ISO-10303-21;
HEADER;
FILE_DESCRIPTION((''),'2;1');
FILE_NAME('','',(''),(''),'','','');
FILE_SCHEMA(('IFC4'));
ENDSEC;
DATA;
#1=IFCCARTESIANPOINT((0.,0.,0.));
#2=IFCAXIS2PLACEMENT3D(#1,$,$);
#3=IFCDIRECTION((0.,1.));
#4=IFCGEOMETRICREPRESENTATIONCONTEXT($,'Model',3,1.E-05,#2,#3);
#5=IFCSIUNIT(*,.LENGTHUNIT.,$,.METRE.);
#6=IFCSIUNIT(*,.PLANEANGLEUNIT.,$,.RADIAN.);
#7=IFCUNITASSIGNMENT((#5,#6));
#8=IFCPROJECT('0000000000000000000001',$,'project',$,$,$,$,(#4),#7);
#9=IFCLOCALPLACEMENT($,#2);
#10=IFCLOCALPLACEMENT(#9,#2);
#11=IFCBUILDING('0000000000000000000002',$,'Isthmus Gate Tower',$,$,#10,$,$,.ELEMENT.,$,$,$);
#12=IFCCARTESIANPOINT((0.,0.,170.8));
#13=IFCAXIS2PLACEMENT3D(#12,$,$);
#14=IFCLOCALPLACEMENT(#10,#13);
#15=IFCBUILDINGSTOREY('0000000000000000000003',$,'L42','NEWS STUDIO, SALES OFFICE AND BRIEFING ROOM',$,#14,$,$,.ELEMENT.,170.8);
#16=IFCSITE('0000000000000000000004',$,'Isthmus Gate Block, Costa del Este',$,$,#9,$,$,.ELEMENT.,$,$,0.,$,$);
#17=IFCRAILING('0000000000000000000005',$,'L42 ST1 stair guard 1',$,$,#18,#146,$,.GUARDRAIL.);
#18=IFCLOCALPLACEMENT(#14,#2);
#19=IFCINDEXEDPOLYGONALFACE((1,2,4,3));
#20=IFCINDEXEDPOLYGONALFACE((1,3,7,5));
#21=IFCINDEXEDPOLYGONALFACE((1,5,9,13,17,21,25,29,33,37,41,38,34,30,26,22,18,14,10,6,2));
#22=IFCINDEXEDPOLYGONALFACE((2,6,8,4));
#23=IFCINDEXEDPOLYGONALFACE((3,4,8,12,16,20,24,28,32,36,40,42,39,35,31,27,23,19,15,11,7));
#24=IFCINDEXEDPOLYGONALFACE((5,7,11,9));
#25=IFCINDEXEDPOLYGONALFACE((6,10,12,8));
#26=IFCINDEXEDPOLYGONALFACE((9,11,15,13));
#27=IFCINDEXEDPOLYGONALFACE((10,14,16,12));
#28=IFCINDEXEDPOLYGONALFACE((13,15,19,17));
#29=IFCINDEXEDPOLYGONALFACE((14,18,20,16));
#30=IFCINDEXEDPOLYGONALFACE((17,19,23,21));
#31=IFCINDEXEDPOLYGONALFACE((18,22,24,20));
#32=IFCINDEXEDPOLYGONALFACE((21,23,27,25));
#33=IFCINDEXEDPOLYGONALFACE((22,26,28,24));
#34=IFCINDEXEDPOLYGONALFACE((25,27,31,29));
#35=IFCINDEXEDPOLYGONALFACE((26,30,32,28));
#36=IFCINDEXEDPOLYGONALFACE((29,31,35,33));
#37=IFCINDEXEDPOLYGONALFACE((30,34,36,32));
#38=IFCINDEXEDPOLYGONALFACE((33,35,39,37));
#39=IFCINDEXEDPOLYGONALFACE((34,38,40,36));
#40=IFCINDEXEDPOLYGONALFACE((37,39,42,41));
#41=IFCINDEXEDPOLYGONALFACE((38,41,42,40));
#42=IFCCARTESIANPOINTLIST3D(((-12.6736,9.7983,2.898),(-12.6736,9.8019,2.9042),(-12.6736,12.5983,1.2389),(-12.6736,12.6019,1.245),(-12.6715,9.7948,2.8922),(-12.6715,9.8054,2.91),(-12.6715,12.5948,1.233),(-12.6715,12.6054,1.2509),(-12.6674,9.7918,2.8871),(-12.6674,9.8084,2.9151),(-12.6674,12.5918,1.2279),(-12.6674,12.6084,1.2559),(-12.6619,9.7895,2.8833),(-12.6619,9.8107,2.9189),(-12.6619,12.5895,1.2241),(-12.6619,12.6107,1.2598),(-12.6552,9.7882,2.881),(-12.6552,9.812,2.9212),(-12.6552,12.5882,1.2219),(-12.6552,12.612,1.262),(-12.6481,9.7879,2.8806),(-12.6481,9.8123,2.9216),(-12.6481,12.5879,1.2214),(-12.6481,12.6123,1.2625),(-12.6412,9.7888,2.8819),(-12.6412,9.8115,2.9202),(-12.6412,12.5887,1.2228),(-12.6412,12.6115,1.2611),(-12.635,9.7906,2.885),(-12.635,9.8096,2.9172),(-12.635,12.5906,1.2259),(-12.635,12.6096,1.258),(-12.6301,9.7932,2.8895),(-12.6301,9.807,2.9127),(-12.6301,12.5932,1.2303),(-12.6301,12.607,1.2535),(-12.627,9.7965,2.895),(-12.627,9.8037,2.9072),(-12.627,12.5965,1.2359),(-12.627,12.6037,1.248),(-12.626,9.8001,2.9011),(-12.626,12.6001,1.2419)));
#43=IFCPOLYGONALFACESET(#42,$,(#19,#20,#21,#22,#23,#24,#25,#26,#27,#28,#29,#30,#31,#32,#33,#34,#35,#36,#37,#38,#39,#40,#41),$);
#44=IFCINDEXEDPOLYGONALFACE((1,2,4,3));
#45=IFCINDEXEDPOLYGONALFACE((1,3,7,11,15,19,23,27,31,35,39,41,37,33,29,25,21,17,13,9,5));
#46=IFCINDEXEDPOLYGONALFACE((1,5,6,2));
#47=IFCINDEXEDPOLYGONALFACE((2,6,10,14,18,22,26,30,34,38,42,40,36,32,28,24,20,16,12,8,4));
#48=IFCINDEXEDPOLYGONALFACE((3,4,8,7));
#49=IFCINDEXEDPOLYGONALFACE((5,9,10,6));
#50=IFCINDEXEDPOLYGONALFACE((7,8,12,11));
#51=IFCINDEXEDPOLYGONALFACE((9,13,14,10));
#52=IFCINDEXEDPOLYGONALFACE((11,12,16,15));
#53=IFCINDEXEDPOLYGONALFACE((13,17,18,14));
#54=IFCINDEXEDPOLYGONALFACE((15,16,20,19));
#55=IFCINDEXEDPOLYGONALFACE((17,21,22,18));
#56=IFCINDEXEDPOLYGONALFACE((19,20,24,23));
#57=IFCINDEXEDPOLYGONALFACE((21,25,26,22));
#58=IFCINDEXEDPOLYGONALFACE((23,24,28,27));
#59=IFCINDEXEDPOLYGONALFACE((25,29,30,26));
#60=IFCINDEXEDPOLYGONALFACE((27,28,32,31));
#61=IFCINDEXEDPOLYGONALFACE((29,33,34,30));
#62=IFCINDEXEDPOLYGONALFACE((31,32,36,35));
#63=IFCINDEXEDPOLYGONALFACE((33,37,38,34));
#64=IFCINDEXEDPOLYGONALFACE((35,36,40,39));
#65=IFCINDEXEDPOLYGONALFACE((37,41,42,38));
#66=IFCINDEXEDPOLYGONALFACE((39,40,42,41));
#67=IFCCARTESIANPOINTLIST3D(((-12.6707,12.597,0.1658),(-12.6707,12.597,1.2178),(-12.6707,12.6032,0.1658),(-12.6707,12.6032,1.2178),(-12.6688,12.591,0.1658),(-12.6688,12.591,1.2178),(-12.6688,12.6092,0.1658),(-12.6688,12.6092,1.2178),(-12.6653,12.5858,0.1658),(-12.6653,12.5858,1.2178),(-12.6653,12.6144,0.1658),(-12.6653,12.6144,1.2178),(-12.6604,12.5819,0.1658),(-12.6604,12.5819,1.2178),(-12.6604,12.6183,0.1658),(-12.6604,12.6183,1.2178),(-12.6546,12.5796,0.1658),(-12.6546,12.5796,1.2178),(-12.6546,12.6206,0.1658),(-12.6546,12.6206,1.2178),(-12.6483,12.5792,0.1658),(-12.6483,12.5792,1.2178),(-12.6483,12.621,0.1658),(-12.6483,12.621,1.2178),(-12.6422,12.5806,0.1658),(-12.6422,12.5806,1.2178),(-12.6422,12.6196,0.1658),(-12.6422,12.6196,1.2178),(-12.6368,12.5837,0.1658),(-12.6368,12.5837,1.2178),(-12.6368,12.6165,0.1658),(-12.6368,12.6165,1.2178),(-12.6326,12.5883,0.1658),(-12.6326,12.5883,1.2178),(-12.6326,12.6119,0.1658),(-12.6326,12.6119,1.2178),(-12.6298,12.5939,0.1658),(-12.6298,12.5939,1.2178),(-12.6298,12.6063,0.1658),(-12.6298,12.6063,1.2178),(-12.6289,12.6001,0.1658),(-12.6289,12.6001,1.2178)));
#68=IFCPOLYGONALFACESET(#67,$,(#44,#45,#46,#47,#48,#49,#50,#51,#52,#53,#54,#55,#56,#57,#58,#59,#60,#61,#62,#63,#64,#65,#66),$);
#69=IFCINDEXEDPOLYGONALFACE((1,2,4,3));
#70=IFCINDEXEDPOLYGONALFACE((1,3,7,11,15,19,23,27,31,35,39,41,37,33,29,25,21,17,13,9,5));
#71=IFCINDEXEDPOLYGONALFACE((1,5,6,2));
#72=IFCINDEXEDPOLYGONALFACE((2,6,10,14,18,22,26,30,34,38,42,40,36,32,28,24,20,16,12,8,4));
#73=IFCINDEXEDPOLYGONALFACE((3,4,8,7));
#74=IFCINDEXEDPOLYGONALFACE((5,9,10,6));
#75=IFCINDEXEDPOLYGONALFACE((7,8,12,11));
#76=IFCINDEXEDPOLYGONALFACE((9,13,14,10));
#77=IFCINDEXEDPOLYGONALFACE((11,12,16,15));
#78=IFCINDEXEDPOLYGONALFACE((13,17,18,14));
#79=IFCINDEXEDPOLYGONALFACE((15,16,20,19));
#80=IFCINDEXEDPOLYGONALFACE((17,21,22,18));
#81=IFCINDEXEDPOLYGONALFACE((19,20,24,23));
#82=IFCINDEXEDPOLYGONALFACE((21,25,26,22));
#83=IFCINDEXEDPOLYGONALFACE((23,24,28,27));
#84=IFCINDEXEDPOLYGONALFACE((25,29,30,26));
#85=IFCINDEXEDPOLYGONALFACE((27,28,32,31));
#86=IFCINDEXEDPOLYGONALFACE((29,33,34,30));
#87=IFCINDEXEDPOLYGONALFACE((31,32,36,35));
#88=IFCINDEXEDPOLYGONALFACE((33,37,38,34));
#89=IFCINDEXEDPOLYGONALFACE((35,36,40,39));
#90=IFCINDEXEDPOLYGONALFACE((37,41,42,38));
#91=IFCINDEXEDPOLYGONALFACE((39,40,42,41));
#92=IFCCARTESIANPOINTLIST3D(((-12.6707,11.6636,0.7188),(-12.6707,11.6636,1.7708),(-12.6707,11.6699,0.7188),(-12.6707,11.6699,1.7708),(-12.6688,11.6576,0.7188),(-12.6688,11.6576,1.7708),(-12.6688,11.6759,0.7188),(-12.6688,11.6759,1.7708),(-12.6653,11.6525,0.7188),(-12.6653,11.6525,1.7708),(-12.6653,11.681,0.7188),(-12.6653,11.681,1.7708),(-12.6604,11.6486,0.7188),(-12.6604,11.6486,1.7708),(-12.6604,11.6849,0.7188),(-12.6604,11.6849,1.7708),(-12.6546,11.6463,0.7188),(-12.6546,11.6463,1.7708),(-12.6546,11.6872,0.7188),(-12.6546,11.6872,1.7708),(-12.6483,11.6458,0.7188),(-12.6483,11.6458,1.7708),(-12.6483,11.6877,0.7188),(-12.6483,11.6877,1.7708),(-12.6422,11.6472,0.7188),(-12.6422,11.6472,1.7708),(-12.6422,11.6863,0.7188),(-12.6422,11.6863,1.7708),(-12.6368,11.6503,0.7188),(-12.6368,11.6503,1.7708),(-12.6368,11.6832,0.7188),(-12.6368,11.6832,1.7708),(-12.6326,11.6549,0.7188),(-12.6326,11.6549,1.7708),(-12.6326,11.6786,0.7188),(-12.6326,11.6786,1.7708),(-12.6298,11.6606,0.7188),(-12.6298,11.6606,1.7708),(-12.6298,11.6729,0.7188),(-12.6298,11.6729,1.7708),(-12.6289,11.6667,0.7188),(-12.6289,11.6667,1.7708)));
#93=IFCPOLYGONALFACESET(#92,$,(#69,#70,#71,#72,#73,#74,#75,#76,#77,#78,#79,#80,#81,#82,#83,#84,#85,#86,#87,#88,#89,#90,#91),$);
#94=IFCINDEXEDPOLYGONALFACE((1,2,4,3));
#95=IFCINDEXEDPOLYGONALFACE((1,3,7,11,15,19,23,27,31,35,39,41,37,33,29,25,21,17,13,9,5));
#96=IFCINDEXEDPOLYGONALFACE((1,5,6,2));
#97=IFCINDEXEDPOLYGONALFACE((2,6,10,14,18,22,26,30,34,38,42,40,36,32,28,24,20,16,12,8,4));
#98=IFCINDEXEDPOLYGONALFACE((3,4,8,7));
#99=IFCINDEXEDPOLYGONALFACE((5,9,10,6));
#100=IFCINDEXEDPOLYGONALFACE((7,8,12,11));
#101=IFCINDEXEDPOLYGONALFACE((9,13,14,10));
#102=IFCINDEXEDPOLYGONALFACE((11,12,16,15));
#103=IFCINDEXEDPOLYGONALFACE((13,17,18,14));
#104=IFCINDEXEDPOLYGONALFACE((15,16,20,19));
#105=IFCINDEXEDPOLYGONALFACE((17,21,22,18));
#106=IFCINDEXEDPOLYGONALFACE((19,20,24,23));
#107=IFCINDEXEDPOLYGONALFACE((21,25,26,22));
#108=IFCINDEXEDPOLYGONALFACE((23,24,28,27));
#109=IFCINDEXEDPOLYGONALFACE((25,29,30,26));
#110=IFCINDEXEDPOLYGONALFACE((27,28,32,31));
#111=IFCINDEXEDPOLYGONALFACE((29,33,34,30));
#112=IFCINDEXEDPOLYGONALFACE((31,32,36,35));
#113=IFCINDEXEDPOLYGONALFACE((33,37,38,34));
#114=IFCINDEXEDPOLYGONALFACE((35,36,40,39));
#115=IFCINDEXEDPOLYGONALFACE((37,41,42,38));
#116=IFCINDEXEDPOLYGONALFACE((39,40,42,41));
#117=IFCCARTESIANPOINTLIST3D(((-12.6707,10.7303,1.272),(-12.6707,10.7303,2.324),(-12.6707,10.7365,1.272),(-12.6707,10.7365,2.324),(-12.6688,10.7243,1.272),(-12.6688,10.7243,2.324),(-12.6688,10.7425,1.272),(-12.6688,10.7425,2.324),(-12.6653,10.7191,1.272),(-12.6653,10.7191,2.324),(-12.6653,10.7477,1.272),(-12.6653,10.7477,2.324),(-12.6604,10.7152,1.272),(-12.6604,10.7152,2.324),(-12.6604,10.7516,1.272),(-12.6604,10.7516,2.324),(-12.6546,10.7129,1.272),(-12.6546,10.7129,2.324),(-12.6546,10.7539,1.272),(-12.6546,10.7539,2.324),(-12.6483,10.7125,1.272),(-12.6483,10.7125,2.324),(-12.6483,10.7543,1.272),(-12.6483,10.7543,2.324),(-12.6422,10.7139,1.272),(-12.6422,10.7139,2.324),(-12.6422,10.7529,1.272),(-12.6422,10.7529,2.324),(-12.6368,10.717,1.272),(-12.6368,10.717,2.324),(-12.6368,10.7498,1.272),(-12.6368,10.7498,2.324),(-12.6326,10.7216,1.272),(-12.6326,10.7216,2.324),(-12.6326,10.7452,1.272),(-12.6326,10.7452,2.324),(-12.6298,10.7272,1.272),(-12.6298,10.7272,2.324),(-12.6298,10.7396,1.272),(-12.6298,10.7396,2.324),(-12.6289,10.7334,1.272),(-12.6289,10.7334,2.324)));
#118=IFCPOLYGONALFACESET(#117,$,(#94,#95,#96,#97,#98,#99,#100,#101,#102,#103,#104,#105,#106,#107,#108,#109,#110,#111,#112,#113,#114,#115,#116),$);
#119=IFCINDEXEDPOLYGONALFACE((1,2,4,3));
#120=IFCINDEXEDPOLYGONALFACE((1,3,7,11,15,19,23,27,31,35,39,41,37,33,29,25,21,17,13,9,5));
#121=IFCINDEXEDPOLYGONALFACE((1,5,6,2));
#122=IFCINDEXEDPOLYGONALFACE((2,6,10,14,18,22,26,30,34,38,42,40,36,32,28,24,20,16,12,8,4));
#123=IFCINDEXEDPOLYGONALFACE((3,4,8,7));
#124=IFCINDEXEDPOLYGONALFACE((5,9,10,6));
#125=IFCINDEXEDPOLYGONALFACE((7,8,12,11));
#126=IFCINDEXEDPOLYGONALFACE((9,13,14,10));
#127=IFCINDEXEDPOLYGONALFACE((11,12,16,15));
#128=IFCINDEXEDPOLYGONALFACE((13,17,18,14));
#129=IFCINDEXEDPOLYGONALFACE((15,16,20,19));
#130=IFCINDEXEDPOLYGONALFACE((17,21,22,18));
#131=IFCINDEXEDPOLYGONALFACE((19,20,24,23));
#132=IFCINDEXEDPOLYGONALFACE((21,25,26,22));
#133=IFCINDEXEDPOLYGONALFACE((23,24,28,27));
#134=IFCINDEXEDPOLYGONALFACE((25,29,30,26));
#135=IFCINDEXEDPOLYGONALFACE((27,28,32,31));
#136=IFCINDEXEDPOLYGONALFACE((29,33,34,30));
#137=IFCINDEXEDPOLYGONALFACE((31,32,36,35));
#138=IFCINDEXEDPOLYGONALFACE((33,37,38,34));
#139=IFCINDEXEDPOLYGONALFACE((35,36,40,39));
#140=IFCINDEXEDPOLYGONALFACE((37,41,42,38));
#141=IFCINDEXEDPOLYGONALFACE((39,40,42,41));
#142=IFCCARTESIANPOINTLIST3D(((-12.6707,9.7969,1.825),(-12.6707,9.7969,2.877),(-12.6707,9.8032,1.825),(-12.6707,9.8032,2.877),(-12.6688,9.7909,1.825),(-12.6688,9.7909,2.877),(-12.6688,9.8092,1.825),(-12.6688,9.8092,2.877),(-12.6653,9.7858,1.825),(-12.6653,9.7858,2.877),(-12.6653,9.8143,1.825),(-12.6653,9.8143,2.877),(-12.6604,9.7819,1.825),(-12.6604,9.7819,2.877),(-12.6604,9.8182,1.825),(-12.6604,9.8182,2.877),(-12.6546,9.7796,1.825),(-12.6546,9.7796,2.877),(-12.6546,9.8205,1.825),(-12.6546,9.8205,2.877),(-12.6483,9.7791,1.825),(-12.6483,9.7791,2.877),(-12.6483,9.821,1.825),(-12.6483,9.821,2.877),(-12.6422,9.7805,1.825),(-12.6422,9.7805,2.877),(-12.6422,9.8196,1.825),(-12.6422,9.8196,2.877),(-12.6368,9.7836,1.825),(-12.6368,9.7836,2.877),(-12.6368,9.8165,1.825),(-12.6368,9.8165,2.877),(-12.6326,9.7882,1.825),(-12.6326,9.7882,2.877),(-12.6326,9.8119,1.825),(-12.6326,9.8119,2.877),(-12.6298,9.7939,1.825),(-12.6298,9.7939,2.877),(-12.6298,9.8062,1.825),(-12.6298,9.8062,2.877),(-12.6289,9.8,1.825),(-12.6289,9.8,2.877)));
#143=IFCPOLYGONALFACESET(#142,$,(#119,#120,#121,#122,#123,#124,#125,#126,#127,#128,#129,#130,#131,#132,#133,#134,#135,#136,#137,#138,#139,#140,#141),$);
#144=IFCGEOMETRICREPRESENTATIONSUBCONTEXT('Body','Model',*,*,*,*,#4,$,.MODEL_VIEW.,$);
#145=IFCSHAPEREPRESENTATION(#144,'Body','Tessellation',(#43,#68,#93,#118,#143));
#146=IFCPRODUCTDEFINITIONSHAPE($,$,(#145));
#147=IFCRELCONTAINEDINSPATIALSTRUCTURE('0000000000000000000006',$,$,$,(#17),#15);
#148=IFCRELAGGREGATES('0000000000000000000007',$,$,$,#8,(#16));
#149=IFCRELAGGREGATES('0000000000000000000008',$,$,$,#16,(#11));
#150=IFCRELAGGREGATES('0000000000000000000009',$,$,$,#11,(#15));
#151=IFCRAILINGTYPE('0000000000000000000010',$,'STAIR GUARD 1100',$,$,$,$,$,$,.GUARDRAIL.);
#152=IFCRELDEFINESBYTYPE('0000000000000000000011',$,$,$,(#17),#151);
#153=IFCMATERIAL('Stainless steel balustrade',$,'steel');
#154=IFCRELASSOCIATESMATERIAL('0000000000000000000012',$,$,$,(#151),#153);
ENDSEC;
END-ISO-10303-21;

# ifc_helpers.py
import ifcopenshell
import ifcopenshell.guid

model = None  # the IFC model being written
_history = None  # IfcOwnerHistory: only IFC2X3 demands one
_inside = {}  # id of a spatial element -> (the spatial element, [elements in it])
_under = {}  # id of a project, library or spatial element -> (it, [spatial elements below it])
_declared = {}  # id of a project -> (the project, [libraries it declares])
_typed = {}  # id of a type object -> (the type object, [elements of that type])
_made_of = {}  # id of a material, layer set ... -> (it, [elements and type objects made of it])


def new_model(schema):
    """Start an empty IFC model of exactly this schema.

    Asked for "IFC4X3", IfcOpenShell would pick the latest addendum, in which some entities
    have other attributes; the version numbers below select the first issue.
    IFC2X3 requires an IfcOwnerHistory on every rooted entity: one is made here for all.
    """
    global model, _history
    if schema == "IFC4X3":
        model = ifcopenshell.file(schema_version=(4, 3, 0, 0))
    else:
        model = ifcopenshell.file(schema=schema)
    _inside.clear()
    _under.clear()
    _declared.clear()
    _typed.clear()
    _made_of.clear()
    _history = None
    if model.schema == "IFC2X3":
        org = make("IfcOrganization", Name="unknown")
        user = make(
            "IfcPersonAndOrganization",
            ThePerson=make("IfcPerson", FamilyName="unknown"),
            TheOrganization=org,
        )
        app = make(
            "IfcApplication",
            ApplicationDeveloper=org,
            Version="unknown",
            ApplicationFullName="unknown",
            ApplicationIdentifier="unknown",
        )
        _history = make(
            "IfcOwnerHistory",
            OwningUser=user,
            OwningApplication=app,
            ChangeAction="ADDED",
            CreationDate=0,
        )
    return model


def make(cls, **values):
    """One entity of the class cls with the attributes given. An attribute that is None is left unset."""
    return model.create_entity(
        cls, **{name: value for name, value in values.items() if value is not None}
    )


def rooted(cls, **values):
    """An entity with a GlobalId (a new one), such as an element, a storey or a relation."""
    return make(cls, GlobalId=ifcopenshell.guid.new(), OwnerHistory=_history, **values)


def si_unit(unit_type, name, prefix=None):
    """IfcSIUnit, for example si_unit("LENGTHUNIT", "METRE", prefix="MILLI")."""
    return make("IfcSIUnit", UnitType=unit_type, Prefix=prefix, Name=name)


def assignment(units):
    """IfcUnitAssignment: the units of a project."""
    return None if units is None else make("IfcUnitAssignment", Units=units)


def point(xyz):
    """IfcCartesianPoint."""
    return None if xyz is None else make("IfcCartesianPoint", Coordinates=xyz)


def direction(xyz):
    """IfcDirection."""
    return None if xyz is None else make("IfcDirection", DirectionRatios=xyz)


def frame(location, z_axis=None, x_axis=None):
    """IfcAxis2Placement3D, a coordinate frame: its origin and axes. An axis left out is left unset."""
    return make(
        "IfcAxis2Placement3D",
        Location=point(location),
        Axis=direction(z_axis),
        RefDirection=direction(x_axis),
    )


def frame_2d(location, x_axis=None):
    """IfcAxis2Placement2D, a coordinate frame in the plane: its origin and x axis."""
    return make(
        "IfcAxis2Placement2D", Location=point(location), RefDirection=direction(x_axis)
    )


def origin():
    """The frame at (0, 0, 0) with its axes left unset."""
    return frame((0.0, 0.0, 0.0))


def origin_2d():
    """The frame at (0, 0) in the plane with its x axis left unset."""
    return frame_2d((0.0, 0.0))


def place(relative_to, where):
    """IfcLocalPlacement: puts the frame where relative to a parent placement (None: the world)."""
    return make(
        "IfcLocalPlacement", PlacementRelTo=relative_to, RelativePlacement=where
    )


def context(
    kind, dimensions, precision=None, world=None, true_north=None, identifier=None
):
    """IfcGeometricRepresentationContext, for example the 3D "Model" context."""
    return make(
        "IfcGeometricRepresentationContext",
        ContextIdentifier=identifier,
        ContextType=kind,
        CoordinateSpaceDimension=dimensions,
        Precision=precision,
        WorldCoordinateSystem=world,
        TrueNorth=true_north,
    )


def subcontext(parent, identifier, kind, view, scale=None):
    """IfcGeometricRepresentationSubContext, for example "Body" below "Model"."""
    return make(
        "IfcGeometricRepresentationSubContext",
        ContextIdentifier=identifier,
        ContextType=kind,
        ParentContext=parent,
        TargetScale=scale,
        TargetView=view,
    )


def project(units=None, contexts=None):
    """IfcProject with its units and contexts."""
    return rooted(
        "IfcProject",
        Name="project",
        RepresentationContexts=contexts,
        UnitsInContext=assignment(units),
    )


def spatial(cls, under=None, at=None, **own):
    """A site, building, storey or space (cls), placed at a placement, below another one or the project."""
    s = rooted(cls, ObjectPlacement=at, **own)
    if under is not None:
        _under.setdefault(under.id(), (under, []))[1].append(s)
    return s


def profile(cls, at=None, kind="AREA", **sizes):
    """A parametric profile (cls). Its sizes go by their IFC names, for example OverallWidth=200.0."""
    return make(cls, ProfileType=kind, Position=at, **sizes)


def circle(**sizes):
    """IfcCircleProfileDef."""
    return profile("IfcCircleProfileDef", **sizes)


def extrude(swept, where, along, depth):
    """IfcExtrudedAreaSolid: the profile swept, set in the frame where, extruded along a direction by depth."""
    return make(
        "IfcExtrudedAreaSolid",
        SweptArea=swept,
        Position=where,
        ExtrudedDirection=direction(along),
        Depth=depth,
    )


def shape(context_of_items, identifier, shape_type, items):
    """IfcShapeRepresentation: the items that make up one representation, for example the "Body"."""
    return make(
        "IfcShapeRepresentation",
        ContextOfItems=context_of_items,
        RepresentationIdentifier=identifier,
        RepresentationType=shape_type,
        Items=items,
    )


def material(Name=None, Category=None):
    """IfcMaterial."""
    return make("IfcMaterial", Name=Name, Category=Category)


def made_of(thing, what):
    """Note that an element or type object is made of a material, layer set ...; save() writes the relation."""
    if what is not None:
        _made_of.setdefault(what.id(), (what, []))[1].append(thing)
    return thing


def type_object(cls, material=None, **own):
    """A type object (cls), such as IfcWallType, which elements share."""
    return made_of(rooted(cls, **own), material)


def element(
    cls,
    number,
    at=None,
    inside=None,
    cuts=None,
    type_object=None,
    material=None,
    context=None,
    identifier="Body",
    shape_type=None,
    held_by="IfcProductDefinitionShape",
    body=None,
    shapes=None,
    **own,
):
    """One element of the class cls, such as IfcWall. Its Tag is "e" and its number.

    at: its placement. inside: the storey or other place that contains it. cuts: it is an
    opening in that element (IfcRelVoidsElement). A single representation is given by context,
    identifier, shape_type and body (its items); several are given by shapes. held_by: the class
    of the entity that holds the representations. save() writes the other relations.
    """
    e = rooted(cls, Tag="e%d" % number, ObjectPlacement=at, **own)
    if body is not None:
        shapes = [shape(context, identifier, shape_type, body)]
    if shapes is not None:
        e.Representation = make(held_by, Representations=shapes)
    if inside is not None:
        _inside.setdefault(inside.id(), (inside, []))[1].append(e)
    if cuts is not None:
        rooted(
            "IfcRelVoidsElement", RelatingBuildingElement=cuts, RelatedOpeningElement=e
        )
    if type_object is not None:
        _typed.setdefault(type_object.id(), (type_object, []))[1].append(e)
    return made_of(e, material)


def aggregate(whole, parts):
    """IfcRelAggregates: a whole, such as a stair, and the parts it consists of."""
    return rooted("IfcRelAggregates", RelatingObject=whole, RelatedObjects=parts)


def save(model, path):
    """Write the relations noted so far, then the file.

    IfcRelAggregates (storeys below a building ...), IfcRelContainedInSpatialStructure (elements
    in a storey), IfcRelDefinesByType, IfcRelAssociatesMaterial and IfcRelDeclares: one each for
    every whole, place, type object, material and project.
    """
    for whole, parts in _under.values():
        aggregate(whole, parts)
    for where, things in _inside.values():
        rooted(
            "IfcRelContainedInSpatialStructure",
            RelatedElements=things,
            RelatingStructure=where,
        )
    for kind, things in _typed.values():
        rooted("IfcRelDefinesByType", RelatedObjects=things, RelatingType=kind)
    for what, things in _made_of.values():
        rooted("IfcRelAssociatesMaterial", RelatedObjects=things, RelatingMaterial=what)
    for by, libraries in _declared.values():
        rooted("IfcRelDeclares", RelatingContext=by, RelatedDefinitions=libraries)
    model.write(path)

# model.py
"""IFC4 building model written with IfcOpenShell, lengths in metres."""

from ifc_helpers import new_model, si_unit, direction, frame, origin, origin_2d, place, context, subcontext, project, spatial, circle, extrude, material, type_object, element, save


model = new_model("IFC4")

# Units and contexts
model_context = context("Model", 3, precision=1e-05, world=origin(), true_north=direction((0.0, 1.0)))
body_context = subcontext(model_context, "Body", "Model", "MODEL_VIEW")
ifc_project = project(units=[si_unit("LENGTHUNIT", "METRE"), si_unit("PLANEANGLEUNIT", "RADIAN")], contexts=[model_context])

# Site, building, storey
site_placement = place(None, origin())
site = spatial("IfcSite", under=ifc_project, at=site_placement, Name="Isthmus Gate Block, Costa del Este", CompositionType="ELEMENT", RefElevation=0.0)
building_placement = place(site_placement, origin())
building = spatial("IfcBuilding", under=site, at=building_placement, Name="Isthmus Gate Tower", CompositionType="ELEMENT")
storey_placement = place(building_placement, frame((0.0, 0.0, 170.8)))
storey = spatial("IfcBuildingStorey", under=building, at=storey_placement, Name="L42", Description="NEWS STUDIO, SALES OFFICE AND BRIEFING ROOM", CompositionType="ELEMENT", Elevation=170.8)

# Railing
ifc_material_1 = material(Name="Stainless steel balustrade", Category="steel")
railing_type_1 = type_object("IfcRailingType", Name="STAIR GUARD 1100", PredefinedType="GUARDRAIL", material=ifc_material_1)
railing_1_placement = place(storey_placement, frame((-12.6499, 12.6001, 0.1658)))
element("IfcRailing", 1, at=railing_1_placement, inside=storey, type_object=railing_type_1, Name="L42 ST1 stair guard 1", PredefinedType="GUARDRAIL", context=body_context, shape_type="SweptSolid", body=[
    extrude(circle(Radius=0.0239, at=origin_2d()), frame((0.0, 0.0, 1.0762), z_axis=(0.0, -0.860306, 0.509778), x_axis=(1.0, 0.0, 0.0)), (0.0, 0.0, 1.0), 3.2546),
    extrude(circle(Radius=0.021, at=origin_2d()), origin(), (0.0, 0.0, 1.0), 1.052),
    extrude(circle(Radius=0.021, at=origin_2d()), frame((0.0, -0.9333, 0.553)), (0.0, 0.0, 1.0), 1.052),
    extrude(circle(Radius=0.021, at=origin_2d()), frame((0.0, -1.8667, 1.1062)), (0.0, 0.0, 1.0), 1.052),
    extrude(circle(Radius=0.021, at=origin_2d()), frame((0.0, -2.8, 1.6592)), (0.0, 0.0, 1.0), 1.052),
])

save(model, "model.ifc")
